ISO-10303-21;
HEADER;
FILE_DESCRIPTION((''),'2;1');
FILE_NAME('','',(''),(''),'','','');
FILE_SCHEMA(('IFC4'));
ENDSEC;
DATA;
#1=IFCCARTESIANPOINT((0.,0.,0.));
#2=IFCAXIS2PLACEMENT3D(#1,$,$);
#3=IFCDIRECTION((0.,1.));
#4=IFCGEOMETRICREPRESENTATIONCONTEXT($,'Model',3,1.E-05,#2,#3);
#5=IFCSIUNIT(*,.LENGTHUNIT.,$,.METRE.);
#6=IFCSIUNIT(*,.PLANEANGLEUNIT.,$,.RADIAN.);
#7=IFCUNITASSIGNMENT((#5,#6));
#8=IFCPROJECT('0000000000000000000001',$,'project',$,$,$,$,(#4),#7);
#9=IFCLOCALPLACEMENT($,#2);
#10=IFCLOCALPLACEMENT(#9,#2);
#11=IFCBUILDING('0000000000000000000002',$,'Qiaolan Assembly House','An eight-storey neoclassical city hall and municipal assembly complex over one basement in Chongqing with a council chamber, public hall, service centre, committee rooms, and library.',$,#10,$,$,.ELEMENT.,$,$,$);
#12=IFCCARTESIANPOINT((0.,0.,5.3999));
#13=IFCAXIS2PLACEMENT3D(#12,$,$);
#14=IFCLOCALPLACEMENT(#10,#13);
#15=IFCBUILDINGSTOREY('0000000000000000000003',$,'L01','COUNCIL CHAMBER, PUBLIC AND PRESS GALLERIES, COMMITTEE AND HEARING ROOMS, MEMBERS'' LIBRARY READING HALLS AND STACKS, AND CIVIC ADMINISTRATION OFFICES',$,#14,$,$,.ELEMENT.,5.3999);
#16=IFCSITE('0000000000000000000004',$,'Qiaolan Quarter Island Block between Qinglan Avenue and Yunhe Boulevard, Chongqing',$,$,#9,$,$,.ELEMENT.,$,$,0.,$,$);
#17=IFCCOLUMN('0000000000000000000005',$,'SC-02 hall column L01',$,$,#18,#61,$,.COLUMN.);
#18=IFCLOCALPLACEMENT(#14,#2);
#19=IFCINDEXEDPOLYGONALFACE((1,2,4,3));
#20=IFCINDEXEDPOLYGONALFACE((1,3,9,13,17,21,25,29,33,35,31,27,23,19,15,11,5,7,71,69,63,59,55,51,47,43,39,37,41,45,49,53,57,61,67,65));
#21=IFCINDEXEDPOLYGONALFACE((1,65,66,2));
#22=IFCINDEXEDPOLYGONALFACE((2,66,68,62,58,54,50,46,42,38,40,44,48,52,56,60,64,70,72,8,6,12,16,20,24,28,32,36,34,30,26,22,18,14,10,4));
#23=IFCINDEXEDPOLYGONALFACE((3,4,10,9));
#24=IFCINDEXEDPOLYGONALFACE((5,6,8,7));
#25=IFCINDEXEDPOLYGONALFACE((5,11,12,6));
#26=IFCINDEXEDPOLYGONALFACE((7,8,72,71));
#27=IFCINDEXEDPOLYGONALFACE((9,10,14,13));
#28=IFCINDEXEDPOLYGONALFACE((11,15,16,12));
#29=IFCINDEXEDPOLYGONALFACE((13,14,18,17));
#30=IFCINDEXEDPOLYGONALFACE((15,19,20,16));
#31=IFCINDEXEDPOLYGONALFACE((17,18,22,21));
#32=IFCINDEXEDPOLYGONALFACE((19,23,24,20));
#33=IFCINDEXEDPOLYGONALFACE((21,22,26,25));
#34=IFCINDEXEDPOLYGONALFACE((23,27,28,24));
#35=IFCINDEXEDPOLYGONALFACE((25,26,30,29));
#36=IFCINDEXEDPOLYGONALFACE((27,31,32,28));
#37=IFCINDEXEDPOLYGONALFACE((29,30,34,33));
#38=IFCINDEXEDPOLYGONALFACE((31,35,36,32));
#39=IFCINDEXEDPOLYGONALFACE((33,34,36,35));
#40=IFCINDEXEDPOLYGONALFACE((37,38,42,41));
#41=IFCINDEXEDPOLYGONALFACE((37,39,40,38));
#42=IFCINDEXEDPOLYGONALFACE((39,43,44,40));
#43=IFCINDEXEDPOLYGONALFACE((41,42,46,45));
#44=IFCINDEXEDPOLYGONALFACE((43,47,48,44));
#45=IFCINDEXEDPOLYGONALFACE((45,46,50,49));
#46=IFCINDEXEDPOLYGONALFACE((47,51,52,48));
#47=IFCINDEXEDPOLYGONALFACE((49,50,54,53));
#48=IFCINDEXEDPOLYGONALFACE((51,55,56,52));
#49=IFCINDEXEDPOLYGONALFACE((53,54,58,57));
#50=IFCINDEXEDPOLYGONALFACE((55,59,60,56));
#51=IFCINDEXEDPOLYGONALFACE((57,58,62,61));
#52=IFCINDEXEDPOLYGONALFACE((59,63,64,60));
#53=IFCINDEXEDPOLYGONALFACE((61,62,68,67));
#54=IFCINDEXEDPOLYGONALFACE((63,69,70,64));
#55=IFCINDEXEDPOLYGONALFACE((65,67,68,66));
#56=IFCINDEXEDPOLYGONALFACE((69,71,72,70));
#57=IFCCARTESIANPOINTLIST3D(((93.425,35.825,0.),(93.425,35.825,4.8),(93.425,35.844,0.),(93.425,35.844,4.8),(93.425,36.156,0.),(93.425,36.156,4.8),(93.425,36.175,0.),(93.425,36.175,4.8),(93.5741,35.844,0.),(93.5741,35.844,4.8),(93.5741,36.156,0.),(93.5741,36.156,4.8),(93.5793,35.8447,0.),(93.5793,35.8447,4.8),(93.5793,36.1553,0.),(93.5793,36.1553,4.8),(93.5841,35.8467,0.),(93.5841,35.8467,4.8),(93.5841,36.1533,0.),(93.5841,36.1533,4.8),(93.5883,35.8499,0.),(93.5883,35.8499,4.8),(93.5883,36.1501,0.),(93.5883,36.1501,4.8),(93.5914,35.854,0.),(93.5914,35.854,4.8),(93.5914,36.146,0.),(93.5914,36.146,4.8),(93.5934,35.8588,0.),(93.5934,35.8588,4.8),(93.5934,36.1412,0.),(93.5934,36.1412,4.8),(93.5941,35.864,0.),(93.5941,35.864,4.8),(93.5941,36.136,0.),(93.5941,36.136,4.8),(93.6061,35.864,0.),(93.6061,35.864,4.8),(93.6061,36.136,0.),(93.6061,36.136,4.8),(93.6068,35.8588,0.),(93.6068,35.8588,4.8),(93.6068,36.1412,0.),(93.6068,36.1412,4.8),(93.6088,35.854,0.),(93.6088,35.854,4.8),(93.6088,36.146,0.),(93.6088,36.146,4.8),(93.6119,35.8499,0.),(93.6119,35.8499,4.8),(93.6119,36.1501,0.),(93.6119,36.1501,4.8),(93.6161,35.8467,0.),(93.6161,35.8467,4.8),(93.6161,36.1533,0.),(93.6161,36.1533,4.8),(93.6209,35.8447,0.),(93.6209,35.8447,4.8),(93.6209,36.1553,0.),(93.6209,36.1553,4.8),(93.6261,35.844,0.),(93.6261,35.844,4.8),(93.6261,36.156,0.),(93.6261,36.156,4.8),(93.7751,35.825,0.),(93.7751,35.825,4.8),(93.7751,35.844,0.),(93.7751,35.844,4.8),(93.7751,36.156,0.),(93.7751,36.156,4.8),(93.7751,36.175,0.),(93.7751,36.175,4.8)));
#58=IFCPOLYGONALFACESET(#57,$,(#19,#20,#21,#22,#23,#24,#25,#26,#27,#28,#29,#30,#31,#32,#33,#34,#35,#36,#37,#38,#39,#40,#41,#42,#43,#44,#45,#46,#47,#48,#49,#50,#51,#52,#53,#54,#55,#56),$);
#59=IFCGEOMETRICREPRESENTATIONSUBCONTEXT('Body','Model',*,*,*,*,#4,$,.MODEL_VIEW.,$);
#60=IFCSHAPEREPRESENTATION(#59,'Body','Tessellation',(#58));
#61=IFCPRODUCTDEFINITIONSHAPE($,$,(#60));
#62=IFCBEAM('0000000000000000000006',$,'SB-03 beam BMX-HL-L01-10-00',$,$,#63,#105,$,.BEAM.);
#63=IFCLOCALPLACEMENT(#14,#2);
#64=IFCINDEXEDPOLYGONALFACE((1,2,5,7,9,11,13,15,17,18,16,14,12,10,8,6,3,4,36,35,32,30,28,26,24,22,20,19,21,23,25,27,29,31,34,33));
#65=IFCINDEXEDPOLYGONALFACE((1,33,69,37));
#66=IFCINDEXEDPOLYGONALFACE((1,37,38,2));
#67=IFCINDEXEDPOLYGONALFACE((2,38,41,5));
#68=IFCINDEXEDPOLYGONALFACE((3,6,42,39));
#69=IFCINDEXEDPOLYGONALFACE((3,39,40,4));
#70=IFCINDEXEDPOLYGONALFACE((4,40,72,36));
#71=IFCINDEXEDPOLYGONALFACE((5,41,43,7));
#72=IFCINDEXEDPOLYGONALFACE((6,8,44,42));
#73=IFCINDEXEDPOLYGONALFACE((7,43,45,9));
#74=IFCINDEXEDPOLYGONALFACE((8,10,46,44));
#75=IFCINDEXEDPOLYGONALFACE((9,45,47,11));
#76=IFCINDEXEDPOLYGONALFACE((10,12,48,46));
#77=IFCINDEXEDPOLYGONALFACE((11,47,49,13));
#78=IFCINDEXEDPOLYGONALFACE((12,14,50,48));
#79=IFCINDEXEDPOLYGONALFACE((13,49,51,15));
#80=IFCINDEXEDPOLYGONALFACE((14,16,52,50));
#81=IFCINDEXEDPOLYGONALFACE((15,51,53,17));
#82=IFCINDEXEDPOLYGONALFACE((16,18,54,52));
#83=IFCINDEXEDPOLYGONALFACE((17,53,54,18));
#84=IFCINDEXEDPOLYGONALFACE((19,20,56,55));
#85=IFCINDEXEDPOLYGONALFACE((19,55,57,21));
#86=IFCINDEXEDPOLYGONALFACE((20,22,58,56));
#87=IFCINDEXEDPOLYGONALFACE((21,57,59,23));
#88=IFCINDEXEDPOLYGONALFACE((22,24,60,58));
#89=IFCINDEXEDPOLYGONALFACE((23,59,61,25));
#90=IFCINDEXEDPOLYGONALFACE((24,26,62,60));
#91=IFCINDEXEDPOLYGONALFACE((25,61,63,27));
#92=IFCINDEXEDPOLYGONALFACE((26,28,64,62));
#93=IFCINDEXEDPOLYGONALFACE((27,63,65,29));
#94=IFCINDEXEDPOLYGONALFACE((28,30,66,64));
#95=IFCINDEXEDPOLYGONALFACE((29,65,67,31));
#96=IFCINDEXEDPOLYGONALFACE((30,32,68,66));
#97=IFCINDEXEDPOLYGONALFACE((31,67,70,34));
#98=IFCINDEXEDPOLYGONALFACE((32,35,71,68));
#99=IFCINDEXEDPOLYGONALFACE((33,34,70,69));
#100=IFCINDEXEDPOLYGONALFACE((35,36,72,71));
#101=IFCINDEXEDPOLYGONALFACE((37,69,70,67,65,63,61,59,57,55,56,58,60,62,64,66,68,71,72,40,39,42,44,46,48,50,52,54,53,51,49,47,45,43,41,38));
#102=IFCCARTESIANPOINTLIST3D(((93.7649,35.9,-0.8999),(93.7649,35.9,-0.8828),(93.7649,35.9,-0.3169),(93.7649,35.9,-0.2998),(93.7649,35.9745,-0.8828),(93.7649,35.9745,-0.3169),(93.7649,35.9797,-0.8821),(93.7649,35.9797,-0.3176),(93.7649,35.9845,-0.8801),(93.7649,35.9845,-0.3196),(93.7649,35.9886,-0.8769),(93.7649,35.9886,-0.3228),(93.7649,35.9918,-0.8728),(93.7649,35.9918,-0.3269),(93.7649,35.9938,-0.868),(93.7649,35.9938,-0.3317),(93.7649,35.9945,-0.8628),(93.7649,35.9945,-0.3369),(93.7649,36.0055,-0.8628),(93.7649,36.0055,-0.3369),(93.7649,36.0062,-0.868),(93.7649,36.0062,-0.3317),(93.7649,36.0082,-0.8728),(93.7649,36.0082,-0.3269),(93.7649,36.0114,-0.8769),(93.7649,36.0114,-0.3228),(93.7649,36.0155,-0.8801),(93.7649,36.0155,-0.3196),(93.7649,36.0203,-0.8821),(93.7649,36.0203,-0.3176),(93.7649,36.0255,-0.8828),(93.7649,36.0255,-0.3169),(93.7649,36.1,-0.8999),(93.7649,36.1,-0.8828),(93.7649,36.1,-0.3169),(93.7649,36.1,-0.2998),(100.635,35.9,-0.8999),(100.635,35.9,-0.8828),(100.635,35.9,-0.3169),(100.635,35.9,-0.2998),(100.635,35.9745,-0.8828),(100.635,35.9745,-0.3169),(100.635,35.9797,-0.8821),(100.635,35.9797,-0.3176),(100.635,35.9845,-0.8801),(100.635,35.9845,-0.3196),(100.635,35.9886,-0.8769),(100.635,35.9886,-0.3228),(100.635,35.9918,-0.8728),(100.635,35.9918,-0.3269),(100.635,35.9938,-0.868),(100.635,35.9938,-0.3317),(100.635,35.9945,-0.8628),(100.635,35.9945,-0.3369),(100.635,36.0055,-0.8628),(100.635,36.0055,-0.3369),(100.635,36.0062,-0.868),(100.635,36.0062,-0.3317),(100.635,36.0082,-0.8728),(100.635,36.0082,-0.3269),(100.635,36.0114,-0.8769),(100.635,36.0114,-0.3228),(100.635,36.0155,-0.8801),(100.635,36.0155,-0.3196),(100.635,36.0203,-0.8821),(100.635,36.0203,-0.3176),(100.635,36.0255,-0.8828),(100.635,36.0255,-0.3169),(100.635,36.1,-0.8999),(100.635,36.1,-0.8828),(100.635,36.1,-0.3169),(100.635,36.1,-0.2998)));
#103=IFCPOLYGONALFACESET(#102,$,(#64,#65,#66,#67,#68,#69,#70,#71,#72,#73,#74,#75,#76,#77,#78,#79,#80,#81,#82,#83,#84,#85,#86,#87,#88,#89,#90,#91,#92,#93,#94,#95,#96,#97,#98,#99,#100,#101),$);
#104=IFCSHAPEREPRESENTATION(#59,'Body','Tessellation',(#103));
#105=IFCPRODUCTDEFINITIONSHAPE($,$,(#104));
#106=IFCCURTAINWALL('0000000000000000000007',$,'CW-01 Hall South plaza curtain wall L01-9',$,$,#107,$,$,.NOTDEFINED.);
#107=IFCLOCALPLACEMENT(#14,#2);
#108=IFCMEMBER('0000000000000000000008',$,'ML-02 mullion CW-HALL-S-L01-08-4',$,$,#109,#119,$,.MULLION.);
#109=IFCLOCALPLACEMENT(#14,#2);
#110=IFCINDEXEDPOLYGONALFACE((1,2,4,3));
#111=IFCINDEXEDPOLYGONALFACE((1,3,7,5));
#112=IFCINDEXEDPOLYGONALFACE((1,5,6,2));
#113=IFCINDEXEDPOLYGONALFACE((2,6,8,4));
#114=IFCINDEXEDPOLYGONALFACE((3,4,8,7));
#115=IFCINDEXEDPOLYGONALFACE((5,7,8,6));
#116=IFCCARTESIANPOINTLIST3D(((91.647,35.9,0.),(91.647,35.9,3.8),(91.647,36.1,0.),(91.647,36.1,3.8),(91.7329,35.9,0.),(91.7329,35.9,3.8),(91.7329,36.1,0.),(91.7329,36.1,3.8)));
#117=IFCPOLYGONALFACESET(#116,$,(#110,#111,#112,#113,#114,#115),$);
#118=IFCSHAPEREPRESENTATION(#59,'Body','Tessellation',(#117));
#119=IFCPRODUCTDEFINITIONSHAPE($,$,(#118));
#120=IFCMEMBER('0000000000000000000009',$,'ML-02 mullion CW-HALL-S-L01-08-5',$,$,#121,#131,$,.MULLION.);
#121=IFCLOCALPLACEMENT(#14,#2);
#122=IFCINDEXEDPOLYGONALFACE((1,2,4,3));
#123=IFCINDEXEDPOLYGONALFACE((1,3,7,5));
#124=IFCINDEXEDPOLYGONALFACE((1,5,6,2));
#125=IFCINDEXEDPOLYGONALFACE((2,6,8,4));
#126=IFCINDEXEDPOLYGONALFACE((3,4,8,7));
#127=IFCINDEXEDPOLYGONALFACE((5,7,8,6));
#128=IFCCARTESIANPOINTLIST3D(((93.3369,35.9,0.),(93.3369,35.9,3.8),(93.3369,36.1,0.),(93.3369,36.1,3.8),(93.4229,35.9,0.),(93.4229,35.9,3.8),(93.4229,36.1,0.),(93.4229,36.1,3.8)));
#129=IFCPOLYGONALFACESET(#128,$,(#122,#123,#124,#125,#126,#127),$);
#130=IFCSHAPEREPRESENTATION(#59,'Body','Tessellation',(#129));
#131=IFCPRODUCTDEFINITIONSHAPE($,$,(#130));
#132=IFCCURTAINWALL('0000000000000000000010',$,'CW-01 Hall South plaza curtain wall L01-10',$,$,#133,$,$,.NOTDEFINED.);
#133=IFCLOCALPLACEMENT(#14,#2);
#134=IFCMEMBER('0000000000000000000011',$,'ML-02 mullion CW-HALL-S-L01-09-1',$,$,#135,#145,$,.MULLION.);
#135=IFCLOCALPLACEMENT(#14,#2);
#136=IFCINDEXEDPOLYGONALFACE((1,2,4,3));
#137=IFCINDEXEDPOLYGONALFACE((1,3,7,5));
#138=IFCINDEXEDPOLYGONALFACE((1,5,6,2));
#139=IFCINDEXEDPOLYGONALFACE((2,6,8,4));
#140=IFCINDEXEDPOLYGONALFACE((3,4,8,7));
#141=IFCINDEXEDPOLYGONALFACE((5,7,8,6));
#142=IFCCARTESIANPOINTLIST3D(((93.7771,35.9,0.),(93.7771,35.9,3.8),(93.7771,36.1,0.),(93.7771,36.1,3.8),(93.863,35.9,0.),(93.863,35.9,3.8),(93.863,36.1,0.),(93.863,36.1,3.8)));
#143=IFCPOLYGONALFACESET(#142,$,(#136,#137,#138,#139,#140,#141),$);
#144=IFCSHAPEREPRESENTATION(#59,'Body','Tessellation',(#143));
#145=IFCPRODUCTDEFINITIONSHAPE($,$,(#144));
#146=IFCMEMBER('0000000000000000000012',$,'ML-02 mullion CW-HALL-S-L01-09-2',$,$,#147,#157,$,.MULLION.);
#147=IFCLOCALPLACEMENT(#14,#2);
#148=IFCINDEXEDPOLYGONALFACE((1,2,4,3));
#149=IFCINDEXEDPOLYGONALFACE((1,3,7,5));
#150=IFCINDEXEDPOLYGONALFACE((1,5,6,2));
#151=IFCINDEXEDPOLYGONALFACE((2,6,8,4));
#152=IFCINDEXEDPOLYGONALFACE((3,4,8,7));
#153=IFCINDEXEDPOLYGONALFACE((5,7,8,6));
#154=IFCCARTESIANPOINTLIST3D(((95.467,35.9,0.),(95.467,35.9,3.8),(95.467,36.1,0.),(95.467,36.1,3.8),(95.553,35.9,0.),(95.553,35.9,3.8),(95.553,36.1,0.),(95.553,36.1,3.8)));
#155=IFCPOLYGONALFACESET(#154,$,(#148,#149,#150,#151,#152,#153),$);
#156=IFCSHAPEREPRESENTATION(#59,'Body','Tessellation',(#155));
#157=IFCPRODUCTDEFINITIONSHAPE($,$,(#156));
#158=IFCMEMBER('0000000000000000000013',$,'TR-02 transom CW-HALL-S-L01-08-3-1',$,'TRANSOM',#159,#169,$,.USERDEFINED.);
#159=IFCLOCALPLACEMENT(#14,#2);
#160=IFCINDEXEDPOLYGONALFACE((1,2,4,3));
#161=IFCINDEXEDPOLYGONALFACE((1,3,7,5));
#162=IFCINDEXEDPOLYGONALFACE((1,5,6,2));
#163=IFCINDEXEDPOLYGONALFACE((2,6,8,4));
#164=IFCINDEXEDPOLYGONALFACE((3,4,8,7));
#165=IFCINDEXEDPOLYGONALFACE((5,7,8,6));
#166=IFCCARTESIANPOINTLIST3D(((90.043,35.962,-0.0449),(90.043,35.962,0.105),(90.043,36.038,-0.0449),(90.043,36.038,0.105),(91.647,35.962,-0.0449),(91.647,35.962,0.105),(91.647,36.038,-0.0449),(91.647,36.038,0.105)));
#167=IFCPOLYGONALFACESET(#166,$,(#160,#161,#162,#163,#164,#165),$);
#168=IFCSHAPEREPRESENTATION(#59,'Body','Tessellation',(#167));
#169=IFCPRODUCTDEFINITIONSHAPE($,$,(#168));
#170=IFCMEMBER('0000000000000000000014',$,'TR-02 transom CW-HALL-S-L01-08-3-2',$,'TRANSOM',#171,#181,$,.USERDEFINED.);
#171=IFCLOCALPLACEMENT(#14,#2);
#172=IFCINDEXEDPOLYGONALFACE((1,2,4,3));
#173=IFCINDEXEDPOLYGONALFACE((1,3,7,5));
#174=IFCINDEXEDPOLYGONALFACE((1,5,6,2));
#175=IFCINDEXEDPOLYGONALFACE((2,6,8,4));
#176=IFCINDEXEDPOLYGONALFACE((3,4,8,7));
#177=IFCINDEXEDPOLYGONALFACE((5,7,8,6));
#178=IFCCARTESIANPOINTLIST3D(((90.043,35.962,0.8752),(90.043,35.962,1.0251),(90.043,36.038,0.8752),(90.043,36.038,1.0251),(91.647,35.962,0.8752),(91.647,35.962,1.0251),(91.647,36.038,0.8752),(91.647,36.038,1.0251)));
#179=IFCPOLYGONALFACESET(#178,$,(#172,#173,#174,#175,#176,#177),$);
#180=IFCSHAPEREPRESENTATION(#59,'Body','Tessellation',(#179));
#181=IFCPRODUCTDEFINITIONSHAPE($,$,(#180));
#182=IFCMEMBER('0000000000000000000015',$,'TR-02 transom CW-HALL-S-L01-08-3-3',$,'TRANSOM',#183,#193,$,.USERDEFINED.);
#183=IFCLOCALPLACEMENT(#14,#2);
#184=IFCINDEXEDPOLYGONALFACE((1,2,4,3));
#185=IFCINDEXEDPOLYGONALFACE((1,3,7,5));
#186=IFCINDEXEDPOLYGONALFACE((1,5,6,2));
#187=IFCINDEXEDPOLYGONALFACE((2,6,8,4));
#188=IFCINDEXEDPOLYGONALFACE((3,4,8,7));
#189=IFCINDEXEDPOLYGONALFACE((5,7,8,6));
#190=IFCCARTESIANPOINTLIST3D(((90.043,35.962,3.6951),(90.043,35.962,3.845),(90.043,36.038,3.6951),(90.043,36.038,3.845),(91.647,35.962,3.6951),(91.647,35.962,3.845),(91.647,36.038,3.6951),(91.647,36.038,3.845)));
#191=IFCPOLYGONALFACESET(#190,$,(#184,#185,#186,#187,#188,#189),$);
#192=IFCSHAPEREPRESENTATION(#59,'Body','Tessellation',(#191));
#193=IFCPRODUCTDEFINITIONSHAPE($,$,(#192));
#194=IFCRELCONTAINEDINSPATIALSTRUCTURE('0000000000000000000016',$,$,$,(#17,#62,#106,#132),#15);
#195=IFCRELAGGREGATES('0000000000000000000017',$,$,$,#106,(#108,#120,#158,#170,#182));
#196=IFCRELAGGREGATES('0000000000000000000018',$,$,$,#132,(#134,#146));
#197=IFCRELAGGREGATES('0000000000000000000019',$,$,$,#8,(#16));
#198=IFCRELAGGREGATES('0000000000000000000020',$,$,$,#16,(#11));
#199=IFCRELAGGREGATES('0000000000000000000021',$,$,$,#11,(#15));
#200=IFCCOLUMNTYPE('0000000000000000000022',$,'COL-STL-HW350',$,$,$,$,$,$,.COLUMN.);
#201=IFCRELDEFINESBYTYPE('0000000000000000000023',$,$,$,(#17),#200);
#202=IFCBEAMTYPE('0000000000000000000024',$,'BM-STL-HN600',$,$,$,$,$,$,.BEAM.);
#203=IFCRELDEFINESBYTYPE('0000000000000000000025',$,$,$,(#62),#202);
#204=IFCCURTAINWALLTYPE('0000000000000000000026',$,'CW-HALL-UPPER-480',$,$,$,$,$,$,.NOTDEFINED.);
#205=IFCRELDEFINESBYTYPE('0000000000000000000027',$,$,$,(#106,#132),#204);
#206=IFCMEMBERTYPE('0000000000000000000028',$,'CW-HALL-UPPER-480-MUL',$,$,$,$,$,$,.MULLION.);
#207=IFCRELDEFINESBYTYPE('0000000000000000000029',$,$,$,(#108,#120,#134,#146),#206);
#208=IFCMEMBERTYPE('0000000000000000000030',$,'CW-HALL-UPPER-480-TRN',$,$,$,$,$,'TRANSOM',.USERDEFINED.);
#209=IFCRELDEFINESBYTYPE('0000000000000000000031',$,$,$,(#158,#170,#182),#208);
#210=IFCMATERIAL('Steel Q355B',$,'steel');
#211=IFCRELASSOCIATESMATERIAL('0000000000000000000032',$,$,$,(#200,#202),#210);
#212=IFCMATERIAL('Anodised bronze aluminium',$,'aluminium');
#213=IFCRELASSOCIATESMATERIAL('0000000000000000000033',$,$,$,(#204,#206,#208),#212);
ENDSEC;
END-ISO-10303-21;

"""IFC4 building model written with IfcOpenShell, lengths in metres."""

from ifc_helpers import new_model, si_unit, direction, frame, origin, origin_2d, place, context, subcontext, project, spatial, rectangle, i_section, extrude, material, material_profile, profile_set, type_object, element, aggregate, save


model = new_model("IFC4")

# Units and contexts
model_context = context("Model", 3, precision=1e-05, world=origin(), true_north=direction((0.0, 1.0)))
body_context = subcontext(model_context, "Body", "Model", "MODEL_VIEW")
ifc_project = project(units=[si_unit("LENGTHUNIT", "METRE"), si_unit("PLANEANGLEUNIT", "RADIAN")], contexts=[model_context])

# Site, building, storey
site_placement = place(None, origin())
site = spatial("IfcSite", under=ifc_project, at=site_placement, Name="Qiaolan Quarter Island Block between Qinglan Avenue and Yunhe Boulevard, Chongqing", CompositionType="ELEMENT", RefElevation=0.0)
building_placement = place(site_placement, origin())
building = spatial("IfcBuilding", under=site, at=building_placement, Name="Qiaolan Assembly House", Description="An eight-storey neoclassical city hall and municipal assembly complex over one basement in Chongqing with a council chamber, public hall, service centre, committee rooms, and library.", CompositionType="ELEMENT")
storey_placement = place(building_placement, frame((0.0, 0.0, 5.3999)))
storey = spatial("IfcBuildingStorey", under=building, at=storey_placement, Name="L01", Description="COUNCIL CHAMBER, PUBLIC AND PRESS GALLERIES, COMMITTEE AND HEARING ROOMS, MEMBERS' LIBRARY READING HALLS AND STACKS, AND CIVIC ADMINISTRATION OFFICES", CompositionType="ELEMENT", Elevation=5.3999)

# Column
ifc_material_1 = material(Name="Steel Q355B", Category="steel")
ifc_material_profile_1 = material_profile(ifc_material_1, i_section(OverallWidth=0.3501, OverallDepth=0.3501, WebThickness=0.012, FlangeThickness=0.019, FilletRadius=0.02, at=origin_2d()), Name="HW 350x350x12x19")
ifc_profile_set_1 = profile_set([ifc_material_profile_1], Name="Steel Q355B")
column_type = type_object("IfcColumnType", Name="COL-STL-HW350", PredefinedType="COLUMN", material=ifc_profile_set_1)
column_placement = place(storey_placement, frame((93.6001, 36.0, 0.0), z_axis=(0.0, 0.0, 1.0), x_axis=(1.0, 0.0, 0.0)))
element("IfcColumn", 1, at=column_placement, inside=storey, type_object=column_type, Name="SC-02 hall column L01", PredefinedType="COLUMN", context=body_context, shape_type="SweptSolid", body=[
    extrude(i_section(OverallWidth=0.3501, OverallDepth=0.3501, WebThickness=0.012, FlangeThickness=0.019, FilletRadius=0.02, at=origin_2d()), origin(), (0.0, 0.0, 1.0), 4.8),
])

# Beam
ifc_material_profile_2 = material_profile(ifc_material_1, i_section(OverallWidth=0.2, OverallDepth=0.6001, WebThickness=0.011, FlangeThickness=0.0171, FilletRadius=0.02, at=origin_2d()), Name="HN 600x200x11x17")
ifc_profile_set_2 = profile_set([ifc_material_profile_2], Name="Steel Q355B")
beam_type = type_object("IfcBeamType", Name="BM-STL-HN600", PredefinedType="BEAM", material=ifc_profile_set_2)
beam_placement = place(storey_placement, frame((93.7649, 36.0, -0.5999), z_axis=(1.0, 0.0, 0.0), x_axis=(0.0, 1.0, 0.0)))
element("IfcBeam", 2, at=beam_placement, inside=storey, type_object=beam_type, Name="SB-03 beam BMX-HL-L01-10-00", PredefinedType="BEAM", context=body_context, shape_type="SweptSolid", body=[
    extrude(i_section(OverallWidth=0.2, OverallDepth=0.6001, WebThickness=0.011, FlangeThickness=0.0171, FilletRadius=0.02, at=origin_2d()), origin(), (0.0, 0.0, 1.0), 6.8701),
])

# Curtain walls, members
ifc_material_2 = material(Name="Anodised bronze aluminium", Category="aluminium")
curtain_wall_type = type_object("IfcCurtainWallType", Name="CW-HALL-UPPER-480", PredefinedType="NOTDEFINED", material=ifc_material_2)
curtain_wall_1_placement = place(storey_placement, origin())
curtain_wall_1 = element("IfcCurtainWall", 3, at=curtain_wall_1_placement, inside=storey, type_object=curtain_wall_type, Name="CW-01 Hall South plaza curtain wall L01-9", PredefinedType="NOTDEFINED")
ifc_material_profile_3 = material_profile(ifc_material_2, rectangle(XDim=0.0859, YDim=0.2, at=origin_2d()), Name="MUL 86x200")
ifc_profile_set_3 = profile_set([ifc_material_profile_3], Name="Anodised bronze aluminium")
member_type_1 = type_object("IfcMemberType", Name="CW-HALL-UPPER-480-MUL", PredefinedType="MULLION", material=ifc_profile_set_3)
member_1_placement = place(storey_placement, frame((91.6899, 36.0, 0.0), z_axis=(0.0, 0.0, 1.0), x_axis=(1.0, 0.0, 0.0)))
member_1 = element("IfcMember", 4, at=member_1_placement, type_object=member_type_1, Name="ML-02 mullion CW-HALL-S-L01-08-4", PredefinedType="MULLION", context=body_context, shape_type="SweptSolid", body=[
    extrude(rectangle(XDim=0.0859, YDim=0.2, at=origin_2d()), origin(), (0.0, 0.0, 1.0), 3.8),
])
member_2_placement = place(storey_placement, frame((93.3799, 36.0, 0.0), z_axis=(0.0, 0.0, 1.0), x_axis=(1.0, 0.0, 0.0)))
member_2 = element("IfcMember", 5, at=member_2_placement, type_object=member_type_1, Name="ML-02 mullion CW-HALL-S-L01-08-5", PredefinedType="MULLION", context=body_context, shape_type="SweptSolid", body=[
    extrude(rectangle(XDim=0.0859, YDim=0.2, at=origin_2d()), origin(), (0.0, 0.0, 1.0), 3.8),
])
curtain_wall_2_placement = place(storey_placement, origin())
curtain_wall_2 = element("IfcCurtainWall", 6, at=curtain_wall_2_placement, inside=storey, type_object=curtain_wall_type, Name="CW-01 Hall South plaza curtain wall L01-10", PredefinedType="NOTDEFINED")
member_3_placement = place(storey_placement, frame((93.8201, 36.0, 0.0), z_axis=(0.0, 0.0, 1.0), x_axis=(1.0, 0.0, 0.0)))
member_3 = element("IfcMember", 7, at=member_3_placement, type_object=member_type_1, Name="ML-02 mullion CW-HALL-S-L01-09-1", PredefinedType="MULLION", context=body_context, shape_type="SweptSolid", body=[
    extrude(rectangle(XDim=0.0859, YDim=0.2, at=origin_2d()), origin(), (0.0, 0.0, 1.0), 3.8),
])
member_4_placement = place(storey_placement, frame((95.51, 36.0, 0.0), z_axis=(0.0, 0.0, 1.0), x_axis=(1.0, 0.0, 0.0)))
member_4 = element("IfcMember", 8, at=member_4_placement, type_object=member_type_1, Name="ML-02 mullion CW-HALL-S-L01-09-2", PredefinedType="MULLION", context=body_context, shape_type="SweptSolid", body=[
    extrude(rectangle(XDim=0.0859, YDim=0.2, at=origin_2d()), origin(), (0.0, 0.0, 1.0), 3.8),
])

# Members
ifc_material_profile_4 = material_profile(ifc_material_2, rectangle(XDim=0.0759, YDim=0.1499, at=origin_2d()), Name="TRN 76x150")
ifc_profile_set_4 = profile_set([ifc_material_profile_4], Name="Anodised bronze aluminium")
member_type_2 = type_object("IfcMemberType", Name="CW-HALL-UPPER-480-TRN", ElementType="TRANSOM", PredefinedType="USERDEFINED", material=ifc_profile_set_4)
member_5_placement = place(storey_placement, frame((90.043, 36.0, 0.03), z_axis=(1.0, 0.0, 0.0), x_axis=(0.0, 1.0, 0.0)))
member_5 = element("IfcMember", 9, at=member_5_placement, type_object=member_type_2, Name="TR-02 transom CW-HALL-S-L01-08-3-1", ObjectType="TRANSOM", PredefinedType="USERDEFINED", context=body_context, shape_type="SweptSolid", body=[
    extrude(rectangle(XDim=0.0759, YDim=0.1499, at=origin_2d()), origin(), (0.0, 0.0, 1.0), 1.604),
])
member_6_placement = place(storey_placement, frame((90.043, 36.0, 0.9502), z_axis=(1.0, 0.0, 0.0), x_axis=(0.0, 1.0, 0.0)))
member_6 = element("IfcMember", 10, at=member_6_placement, type_object=member_type_2, Name="TR-02 transom CW-HALL-S-L01-08-3-2", ObjectType="TRANSOM", PredefinedType="USERDEFINED", context=body_context, shape_type="SweptSolid", body=[
    extrude(rectangle(XDim=0.0759, YDim=0.1499, at=origin_2d()), origin(), (0.0, 0.0, 1.0), 1.604),
])
member_7_placement = place(storey_placement, frame((90.043, 36.0, 3.77), z_axis=(1.0, 0.0, 0.0), x_axis=(0.0, 1.0, 0.0)))
member_7 = element("IfcMember", 11, at=member_7_placement, type_object=member_type_2, Name="TR-02 transom CW-HALL-S-L01-08-3-3", ObjectType="TRANSOM", PredefinedType="USERDEFINED", context=body_context, shape_type="SweptSolid", body=[
    extrude(rectangle(XDim=0.0759, YDim=0.1499, at=origin_2d()), origin(), (0.0, 0.0, 1.0), 1.604),
])

aggregate(curtain_wall_1, [member_1, member_2, member_5, member_6, member_7])
aggregate(curtain_wall_2, [member_3, member_4])

save(model, "model.ifc")
